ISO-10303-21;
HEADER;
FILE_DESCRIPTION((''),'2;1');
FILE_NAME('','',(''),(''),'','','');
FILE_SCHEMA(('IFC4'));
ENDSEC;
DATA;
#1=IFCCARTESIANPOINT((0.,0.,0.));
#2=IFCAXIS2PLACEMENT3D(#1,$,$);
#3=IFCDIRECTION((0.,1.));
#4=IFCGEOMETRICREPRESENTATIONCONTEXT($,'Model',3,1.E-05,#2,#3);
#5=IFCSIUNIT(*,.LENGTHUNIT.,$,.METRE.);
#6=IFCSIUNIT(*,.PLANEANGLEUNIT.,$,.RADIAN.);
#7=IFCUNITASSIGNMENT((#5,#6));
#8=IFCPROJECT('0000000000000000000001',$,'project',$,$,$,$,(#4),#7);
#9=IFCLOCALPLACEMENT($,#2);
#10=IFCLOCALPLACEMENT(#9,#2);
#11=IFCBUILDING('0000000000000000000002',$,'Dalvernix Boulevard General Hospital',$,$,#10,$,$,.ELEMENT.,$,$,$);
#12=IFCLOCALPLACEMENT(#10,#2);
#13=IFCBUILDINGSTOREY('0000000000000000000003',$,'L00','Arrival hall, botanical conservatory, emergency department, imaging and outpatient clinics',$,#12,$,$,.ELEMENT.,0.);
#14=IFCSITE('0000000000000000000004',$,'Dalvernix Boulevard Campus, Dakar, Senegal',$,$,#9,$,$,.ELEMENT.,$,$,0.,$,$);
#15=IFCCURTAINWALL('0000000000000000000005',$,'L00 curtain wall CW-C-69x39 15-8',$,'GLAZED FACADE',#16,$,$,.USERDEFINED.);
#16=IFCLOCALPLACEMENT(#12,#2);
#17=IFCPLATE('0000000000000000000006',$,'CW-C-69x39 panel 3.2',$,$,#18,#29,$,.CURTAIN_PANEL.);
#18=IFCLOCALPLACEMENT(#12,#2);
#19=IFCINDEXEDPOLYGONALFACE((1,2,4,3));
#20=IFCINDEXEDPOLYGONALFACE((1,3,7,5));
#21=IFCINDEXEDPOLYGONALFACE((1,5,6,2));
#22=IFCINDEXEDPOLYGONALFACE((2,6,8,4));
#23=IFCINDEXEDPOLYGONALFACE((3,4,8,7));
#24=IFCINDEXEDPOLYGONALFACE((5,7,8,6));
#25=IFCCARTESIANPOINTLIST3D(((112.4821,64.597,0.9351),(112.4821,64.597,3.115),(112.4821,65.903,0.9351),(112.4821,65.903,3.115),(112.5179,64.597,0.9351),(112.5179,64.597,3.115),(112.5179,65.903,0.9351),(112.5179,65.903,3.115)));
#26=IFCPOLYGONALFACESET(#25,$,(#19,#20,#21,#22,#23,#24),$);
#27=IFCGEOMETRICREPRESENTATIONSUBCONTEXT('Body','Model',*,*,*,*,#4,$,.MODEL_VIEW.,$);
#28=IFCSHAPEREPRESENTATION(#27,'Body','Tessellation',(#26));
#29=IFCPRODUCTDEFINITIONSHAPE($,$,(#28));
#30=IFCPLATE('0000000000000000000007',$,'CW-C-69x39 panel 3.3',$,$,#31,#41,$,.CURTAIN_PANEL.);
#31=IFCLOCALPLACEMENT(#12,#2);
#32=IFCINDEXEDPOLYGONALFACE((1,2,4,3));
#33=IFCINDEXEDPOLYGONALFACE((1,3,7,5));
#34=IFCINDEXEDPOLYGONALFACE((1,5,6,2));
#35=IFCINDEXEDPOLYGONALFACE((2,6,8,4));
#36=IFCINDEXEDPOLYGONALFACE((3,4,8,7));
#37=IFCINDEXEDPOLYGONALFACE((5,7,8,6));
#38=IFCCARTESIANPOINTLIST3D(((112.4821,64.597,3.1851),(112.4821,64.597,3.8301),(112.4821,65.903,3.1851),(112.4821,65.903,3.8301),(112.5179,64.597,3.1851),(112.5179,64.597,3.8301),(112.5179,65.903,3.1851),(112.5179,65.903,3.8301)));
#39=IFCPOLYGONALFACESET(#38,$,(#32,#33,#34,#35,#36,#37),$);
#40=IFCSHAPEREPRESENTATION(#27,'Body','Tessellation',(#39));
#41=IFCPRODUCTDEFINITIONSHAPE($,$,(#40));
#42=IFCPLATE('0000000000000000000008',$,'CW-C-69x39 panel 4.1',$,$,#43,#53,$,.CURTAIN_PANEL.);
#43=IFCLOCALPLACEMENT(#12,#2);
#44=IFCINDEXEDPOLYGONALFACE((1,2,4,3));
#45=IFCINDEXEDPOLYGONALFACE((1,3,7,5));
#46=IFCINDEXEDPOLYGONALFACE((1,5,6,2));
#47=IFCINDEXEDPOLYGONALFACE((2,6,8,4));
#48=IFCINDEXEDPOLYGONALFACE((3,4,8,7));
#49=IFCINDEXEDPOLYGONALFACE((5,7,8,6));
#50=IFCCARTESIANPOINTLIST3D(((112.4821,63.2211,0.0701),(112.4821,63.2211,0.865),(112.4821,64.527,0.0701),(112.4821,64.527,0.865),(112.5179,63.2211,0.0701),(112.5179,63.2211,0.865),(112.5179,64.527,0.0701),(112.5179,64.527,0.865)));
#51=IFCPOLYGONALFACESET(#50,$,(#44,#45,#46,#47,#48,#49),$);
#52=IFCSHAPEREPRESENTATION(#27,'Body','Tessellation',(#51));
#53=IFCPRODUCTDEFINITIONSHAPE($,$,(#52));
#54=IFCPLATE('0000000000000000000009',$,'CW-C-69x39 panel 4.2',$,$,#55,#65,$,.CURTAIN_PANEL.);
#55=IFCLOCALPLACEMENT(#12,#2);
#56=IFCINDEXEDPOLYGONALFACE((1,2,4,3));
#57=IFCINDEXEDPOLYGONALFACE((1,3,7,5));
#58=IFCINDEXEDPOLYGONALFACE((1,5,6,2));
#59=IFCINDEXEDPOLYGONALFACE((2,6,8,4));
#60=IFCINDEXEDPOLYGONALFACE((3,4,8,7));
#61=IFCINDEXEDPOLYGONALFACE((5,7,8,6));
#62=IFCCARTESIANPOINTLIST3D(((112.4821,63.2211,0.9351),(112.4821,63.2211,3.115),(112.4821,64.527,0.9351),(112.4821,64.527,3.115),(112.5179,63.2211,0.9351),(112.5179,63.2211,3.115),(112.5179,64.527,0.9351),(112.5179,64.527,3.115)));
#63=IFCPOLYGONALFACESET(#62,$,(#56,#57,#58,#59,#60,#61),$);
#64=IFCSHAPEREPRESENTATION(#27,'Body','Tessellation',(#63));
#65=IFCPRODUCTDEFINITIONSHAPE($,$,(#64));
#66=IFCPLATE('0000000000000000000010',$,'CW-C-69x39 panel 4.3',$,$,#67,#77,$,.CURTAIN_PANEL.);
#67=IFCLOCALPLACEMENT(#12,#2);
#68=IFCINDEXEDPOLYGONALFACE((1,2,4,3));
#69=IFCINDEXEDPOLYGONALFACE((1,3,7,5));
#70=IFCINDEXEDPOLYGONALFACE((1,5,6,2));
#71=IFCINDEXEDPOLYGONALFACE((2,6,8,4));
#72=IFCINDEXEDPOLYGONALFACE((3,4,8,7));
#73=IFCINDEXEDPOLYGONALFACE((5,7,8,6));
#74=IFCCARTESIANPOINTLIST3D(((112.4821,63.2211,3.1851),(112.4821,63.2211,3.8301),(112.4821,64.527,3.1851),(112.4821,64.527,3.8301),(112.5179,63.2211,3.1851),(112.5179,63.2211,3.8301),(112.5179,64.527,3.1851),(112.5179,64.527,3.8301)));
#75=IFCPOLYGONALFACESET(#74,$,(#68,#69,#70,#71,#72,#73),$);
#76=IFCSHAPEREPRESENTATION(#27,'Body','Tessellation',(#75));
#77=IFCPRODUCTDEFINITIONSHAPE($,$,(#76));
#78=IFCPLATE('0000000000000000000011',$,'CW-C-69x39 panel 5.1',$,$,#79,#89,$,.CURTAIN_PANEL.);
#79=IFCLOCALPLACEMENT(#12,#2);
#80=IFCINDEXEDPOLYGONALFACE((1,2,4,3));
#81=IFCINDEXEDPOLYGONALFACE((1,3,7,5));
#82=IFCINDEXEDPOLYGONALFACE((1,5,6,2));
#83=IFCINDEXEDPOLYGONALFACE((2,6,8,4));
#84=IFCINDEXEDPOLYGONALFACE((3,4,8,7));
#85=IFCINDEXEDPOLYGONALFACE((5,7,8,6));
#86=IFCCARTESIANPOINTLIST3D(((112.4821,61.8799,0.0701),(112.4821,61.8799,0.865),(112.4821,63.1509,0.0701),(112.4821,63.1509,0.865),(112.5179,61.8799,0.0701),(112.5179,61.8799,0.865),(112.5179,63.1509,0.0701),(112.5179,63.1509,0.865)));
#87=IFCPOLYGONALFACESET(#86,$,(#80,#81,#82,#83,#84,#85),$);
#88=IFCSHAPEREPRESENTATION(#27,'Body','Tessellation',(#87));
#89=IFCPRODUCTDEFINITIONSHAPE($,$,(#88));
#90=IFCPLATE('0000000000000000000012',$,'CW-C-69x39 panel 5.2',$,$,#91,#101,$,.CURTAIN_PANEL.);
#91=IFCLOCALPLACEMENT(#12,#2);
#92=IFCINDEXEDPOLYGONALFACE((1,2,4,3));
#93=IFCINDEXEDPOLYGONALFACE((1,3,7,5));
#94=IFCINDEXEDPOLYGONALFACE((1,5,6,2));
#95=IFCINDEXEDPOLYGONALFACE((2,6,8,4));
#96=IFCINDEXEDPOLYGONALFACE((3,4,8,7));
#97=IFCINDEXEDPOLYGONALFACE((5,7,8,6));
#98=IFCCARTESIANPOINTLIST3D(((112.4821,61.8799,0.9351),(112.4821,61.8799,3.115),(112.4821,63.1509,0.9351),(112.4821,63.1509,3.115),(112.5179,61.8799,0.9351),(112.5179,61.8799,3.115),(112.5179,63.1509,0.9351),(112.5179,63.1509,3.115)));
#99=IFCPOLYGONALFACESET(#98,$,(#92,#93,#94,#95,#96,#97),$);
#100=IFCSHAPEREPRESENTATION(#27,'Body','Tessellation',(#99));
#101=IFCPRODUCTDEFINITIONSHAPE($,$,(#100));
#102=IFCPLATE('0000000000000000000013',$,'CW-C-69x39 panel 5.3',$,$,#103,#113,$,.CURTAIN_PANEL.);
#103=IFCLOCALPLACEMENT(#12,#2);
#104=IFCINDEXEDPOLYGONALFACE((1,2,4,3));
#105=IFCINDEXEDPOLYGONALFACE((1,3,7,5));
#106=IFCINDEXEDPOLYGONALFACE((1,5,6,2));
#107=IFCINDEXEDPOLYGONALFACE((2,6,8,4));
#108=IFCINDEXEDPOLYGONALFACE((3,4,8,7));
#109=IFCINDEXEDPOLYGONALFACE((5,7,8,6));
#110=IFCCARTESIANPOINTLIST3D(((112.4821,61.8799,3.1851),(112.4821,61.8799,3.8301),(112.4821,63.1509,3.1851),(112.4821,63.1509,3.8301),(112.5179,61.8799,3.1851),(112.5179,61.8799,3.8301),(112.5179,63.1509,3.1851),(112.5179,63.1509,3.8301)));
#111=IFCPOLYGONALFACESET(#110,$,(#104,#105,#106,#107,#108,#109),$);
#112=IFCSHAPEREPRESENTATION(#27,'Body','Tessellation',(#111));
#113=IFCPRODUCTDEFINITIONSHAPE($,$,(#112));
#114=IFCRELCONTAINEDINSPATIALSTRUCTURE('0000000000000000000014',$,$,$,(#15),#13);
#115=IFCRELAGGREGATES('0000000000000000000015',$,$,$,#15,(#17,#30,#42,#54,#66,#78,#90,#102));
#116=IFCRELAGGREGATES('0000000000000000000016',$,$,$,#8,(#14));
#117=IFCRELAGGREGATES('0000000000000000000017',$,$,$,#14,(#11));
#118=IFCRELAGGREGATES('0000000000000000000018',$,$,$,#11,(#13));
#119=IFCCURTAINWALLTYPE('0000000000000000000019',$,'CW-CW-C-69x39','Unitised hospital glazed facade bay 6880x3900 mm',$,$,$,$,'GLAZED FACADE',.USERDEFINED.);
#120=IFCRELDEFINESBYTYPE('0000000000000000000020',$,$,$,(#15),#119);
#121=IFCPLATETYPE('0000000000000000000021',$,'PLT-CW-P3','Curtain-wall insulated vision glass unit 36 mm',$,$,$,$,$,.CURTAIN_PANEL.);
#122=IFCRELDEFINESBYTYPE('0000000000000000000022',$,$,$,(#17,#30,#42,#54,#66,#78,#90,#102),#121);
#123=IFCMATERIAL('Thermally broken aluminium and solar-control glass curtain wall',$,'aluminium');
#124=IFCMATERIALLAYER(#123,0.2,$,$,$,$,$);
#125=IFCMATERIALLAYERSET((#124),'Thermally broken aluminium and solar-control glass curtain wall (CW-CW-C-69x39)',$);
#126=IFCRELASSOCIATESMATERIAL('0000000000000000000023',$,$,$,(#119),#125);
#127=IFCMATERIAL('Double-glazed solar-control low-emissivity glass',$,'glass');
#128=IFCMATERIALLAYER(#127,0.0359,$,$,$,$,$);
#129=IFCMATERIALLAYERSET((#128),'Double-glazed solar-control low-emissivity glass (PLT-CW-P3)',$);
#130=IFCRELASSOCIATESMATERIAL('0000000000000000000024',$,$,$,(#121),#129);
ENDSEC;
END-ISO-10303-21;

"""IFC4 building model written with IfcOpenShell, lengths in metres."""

from ifc_helpers import new_model, si_unit, direction, frame, origin, origin_2d, place, context, subcontext, project, spatial, rectangle, extrude, material, layer, layer_set, type_object, element, aggregate, save


model = new_model("IFC4")

# Units and contexts
model_context = context("Model", 3, precision=1e-05, world=origin(), true_north=direction((0.0, 1.0)))
body_context = subcontext(model_context, "Body", "Model", "MODEL_VIEW")
ifc_project = project(units=[si_unit("LENGTHUNIT", "METRE"), si_unit("PLANEANGLEUNIT", "RADIAN")], contexts=[model_context])

# Site, building, storey
site_placement = place(None, origin())
site = spatial("IfcSite", under=ifc_project, at=site_placement, Name="Dalvernix Boulevard Campus, Dakar, Senegal", CompositionType="ELEMENT", RefElevation=0.0)
building_placement = place(site_placement, origin())
building = spatial("IfcBuilding", under=site, at=building_placement, Name="Dalvernix Boulevard General Hospital", CompositionType="ELEMENT")
storey_placement = place(building_placement, origin())
storey = spatial("IfcBuildingStorey", under=building, at=storey_placement, Name="L00", Description="Arrival hall, botanical conservatory, emergency department, imaging and outpatient clinics", CompositionType="ELEMENT", Elevation=0.0)

# Curtain wall, plates
ifc_material_1 = material(Name="Thermally broken aluminium and solar-control glass curtain wall", Category="aluminium")
ifc_layer_1 = layer(ifc_material_1, 0.2)
ifc_layer_set_1 = layer_set([ifc_layer_1], Name="Thermally broken aluminium and solar-control glass curtain wall (CW-CW-C-69x39)")
curtain_wall_type = type_object("IfcCurtainWallType", Name="CW-CW-C-69x39", Description="Unitised hospital glazed facade bay 6880x3900 mm", ElementType="GLAZED FACADE", PredefinedType="USERDEFINED", material=ifc_layer_set_1)
curtain_wall_placement = place(storey_placement, origin())
curtain_wall = element("IfcCurtainWall", 1, at=curtain_wall_placement, inside=storey, type_object=curtain_wall_type, Name="L00 curtain wall CW-C-69x39 15-8", ObjectType="GLAZED FACADE", PredefinedType="USERDEFINED")
ifc_material_2 = material(Name="Double-glazed solar-control low-emissivity glass", Category="glass")
ifc_layer_2 = layer(ifc_material_2, 0.0359)
ifc_layer_set_2 = layer_set([ifc_layer_2], Name="Double-glazed solar-control low-emissivity glass (PLT-CW-P3)")
plate_type = type_object("IfcPlateType", Name="PLT-CW-P3", Description="Curtain-wall insulated vision glass unit 36 mm", PredefinedType="CURTAIN_PANEL", material=ifc_layer_set_2)
plate_1_placement = place(storey_placement, frame((112.5, 65.25, 0.9351), z_axis=(0.0, 0.0, 1.0), x_axis=(0.0, -1.0, 0.0)))
plate_1 = element("IfcPlate", 2, at=plate_1_placement, type_object=plate_type, Name="CW-C-69x39 panel 3.2", PredefinedType="CURTAIN_PANEL", context=body_context, shape_type="SweptSolid", body=[
    extrude(rectangle(XDim=1.3059, YDim=0.0359, at=origin_2d()), origin(), (0.0, 0.0, 1.0), 2.1799),
])
plate_2_placement = place(storey_placement, frame((112.5, 65.25, 3.1851), z_axis=(0.0, 0.0, 1.0), x_axis=(0.0, -1.0, 0.0)))
plate_2 = element("IfcPlate", 3, at=plate_2_placement, type_object=plate_type, Name="CW-C-69x39 panel 3.3", PredefinedType="CURTAIN_PANEL", context=body_context, shape_type="SweptSolid", body=[
    extrude(rectangle(XDim=1.3059, YDim=0.0359, at=origin_2d()), origin(), (0.0, 0.0, 1.0), 0.645),
])
plate_3_placement = place(storey_placement, frame((112.5, 63.874, 0.0701), z_axis=(0.0, 0.0, 1.0), x_axis=(0.0, -1.0, 0.0)))
plate_3 = element("IfcPlate", 4, at=plate_3_placement, type_object=plate_type, Name="CW-C-69x39 panel 4.1", PredefinedType="CURTAIN_PANEL", context=body_context, shape_type="SweptSolid", body=[
    extrude(rectangle(XDim=1.3059, YDim=0.0359, at=origin_2d()), origin(), (0.0, 0.0, 1.0), 0.7949),
])
plate_4_placement = place(storey_placement, frame((112.5, 63.874, 0.9351), z_axis=(0.0, 0.0, 1.0), x_axis=(0.0, -1.0, 0.0)))
plate_4 = element("IfcPlate", 5, at=plate_4_placement, type_object=plate_type, Name="CW-C-69x39 panel 4.2", PredefinedType="CURTAIN_PANEL", context=body_context, shape_type="SweptSolid", body=[
    extrude(rectangle(XDim=1.3059, YDim=0.0359, at=origin_2d()), origin(), (0.0, 0.0, 1.0), 2.1799),
])
plate_5_placement = place(storey_placement, frame((112.5, 63.874, 3.1851), z_axis=(0.0, 0.0, 1.0), x_axis=(0.0, -1.0, 0.0)))
plate_5 = element("IfcPlate", 6, at=plate_5_placement, type_object=plate_type, Name="CW-C-69x39 panel 4.3", PredefinedType="CURTAIN_PANEL", context=body_context, shape_type="SweptSolid", body=[
    extrude(rectangle(XDim=1.3059, YDim=0.0359, at=origin_2d()), origin(), (0.0, 0.0, 1.0), 0.645),
])
plate_6_placement = place(storey_placement, frame((112.5, 62.5154, 0.0701), z_axis=(0.0, 0.0, 1.0), x_axis=(0.0, -1.0, 0.0)))
plate_6 = element("IfcPlate", 7, at=plate_6_placement, type_object=plate_type, Name="CW-C-69x39 panel 5.1", PredefinedType="CURTAIN_PANEL", context=body_context, shape_type="SweptSolid", body=[
    extrude(rectangle(XDim=1.271, YDim=0.0359, at=origin_2d()), origin(), (0.0, 0.0, 1.0), 0.7949),
])
plate_7_placement = place(storey_placement, frame((112.5, 62.5154, 0.9351), z_axis=(0.0, 0.0, 1.0), x_axis=(0.0, -1.0, 0.0)))
plate_7 = element("IfcPlate", 8, at=plate_7_placement, type_object=plate_type, Name="CW-C-69x39 panel 5.2", PredefinedType="CURTAIN_PANEL", context=body_context, shape_type="SweptSolid", body=[
    extrude(rectangle(XDim=1.271, YDim=0.0359, at=origin_2d()), origin(), (0.0, 0.0, 1.0), 2.1799),
])
plate_8_placement = place(storey_placement, frame((112.5, 62.5154, 3.1851), z_axis=(0.0, 0.0, 1.0), x_axis=(0.0, -1.0, 0.0)))
plate_8 = element("IfcPlate", 9, at=plate_8_placement, type_object=plate_type, Name="CW-C-69x39 panel 5.3", PredefinedType="CURTAIN_PANEL", context=body_context, shape_type="SweptSolid", body=[
    extrude(rectangle(XDim=1.271, YDim=0.0359, at=origin_2d()), origin(), (0.0, 0.0, 1.0), 0.645),
])
aggregate(curtain_wall, [plate_1, plate_2, plate_3, plate_4, plate_5, plate_6, plate_7, plate_8])

save(model, "model.ifc")
